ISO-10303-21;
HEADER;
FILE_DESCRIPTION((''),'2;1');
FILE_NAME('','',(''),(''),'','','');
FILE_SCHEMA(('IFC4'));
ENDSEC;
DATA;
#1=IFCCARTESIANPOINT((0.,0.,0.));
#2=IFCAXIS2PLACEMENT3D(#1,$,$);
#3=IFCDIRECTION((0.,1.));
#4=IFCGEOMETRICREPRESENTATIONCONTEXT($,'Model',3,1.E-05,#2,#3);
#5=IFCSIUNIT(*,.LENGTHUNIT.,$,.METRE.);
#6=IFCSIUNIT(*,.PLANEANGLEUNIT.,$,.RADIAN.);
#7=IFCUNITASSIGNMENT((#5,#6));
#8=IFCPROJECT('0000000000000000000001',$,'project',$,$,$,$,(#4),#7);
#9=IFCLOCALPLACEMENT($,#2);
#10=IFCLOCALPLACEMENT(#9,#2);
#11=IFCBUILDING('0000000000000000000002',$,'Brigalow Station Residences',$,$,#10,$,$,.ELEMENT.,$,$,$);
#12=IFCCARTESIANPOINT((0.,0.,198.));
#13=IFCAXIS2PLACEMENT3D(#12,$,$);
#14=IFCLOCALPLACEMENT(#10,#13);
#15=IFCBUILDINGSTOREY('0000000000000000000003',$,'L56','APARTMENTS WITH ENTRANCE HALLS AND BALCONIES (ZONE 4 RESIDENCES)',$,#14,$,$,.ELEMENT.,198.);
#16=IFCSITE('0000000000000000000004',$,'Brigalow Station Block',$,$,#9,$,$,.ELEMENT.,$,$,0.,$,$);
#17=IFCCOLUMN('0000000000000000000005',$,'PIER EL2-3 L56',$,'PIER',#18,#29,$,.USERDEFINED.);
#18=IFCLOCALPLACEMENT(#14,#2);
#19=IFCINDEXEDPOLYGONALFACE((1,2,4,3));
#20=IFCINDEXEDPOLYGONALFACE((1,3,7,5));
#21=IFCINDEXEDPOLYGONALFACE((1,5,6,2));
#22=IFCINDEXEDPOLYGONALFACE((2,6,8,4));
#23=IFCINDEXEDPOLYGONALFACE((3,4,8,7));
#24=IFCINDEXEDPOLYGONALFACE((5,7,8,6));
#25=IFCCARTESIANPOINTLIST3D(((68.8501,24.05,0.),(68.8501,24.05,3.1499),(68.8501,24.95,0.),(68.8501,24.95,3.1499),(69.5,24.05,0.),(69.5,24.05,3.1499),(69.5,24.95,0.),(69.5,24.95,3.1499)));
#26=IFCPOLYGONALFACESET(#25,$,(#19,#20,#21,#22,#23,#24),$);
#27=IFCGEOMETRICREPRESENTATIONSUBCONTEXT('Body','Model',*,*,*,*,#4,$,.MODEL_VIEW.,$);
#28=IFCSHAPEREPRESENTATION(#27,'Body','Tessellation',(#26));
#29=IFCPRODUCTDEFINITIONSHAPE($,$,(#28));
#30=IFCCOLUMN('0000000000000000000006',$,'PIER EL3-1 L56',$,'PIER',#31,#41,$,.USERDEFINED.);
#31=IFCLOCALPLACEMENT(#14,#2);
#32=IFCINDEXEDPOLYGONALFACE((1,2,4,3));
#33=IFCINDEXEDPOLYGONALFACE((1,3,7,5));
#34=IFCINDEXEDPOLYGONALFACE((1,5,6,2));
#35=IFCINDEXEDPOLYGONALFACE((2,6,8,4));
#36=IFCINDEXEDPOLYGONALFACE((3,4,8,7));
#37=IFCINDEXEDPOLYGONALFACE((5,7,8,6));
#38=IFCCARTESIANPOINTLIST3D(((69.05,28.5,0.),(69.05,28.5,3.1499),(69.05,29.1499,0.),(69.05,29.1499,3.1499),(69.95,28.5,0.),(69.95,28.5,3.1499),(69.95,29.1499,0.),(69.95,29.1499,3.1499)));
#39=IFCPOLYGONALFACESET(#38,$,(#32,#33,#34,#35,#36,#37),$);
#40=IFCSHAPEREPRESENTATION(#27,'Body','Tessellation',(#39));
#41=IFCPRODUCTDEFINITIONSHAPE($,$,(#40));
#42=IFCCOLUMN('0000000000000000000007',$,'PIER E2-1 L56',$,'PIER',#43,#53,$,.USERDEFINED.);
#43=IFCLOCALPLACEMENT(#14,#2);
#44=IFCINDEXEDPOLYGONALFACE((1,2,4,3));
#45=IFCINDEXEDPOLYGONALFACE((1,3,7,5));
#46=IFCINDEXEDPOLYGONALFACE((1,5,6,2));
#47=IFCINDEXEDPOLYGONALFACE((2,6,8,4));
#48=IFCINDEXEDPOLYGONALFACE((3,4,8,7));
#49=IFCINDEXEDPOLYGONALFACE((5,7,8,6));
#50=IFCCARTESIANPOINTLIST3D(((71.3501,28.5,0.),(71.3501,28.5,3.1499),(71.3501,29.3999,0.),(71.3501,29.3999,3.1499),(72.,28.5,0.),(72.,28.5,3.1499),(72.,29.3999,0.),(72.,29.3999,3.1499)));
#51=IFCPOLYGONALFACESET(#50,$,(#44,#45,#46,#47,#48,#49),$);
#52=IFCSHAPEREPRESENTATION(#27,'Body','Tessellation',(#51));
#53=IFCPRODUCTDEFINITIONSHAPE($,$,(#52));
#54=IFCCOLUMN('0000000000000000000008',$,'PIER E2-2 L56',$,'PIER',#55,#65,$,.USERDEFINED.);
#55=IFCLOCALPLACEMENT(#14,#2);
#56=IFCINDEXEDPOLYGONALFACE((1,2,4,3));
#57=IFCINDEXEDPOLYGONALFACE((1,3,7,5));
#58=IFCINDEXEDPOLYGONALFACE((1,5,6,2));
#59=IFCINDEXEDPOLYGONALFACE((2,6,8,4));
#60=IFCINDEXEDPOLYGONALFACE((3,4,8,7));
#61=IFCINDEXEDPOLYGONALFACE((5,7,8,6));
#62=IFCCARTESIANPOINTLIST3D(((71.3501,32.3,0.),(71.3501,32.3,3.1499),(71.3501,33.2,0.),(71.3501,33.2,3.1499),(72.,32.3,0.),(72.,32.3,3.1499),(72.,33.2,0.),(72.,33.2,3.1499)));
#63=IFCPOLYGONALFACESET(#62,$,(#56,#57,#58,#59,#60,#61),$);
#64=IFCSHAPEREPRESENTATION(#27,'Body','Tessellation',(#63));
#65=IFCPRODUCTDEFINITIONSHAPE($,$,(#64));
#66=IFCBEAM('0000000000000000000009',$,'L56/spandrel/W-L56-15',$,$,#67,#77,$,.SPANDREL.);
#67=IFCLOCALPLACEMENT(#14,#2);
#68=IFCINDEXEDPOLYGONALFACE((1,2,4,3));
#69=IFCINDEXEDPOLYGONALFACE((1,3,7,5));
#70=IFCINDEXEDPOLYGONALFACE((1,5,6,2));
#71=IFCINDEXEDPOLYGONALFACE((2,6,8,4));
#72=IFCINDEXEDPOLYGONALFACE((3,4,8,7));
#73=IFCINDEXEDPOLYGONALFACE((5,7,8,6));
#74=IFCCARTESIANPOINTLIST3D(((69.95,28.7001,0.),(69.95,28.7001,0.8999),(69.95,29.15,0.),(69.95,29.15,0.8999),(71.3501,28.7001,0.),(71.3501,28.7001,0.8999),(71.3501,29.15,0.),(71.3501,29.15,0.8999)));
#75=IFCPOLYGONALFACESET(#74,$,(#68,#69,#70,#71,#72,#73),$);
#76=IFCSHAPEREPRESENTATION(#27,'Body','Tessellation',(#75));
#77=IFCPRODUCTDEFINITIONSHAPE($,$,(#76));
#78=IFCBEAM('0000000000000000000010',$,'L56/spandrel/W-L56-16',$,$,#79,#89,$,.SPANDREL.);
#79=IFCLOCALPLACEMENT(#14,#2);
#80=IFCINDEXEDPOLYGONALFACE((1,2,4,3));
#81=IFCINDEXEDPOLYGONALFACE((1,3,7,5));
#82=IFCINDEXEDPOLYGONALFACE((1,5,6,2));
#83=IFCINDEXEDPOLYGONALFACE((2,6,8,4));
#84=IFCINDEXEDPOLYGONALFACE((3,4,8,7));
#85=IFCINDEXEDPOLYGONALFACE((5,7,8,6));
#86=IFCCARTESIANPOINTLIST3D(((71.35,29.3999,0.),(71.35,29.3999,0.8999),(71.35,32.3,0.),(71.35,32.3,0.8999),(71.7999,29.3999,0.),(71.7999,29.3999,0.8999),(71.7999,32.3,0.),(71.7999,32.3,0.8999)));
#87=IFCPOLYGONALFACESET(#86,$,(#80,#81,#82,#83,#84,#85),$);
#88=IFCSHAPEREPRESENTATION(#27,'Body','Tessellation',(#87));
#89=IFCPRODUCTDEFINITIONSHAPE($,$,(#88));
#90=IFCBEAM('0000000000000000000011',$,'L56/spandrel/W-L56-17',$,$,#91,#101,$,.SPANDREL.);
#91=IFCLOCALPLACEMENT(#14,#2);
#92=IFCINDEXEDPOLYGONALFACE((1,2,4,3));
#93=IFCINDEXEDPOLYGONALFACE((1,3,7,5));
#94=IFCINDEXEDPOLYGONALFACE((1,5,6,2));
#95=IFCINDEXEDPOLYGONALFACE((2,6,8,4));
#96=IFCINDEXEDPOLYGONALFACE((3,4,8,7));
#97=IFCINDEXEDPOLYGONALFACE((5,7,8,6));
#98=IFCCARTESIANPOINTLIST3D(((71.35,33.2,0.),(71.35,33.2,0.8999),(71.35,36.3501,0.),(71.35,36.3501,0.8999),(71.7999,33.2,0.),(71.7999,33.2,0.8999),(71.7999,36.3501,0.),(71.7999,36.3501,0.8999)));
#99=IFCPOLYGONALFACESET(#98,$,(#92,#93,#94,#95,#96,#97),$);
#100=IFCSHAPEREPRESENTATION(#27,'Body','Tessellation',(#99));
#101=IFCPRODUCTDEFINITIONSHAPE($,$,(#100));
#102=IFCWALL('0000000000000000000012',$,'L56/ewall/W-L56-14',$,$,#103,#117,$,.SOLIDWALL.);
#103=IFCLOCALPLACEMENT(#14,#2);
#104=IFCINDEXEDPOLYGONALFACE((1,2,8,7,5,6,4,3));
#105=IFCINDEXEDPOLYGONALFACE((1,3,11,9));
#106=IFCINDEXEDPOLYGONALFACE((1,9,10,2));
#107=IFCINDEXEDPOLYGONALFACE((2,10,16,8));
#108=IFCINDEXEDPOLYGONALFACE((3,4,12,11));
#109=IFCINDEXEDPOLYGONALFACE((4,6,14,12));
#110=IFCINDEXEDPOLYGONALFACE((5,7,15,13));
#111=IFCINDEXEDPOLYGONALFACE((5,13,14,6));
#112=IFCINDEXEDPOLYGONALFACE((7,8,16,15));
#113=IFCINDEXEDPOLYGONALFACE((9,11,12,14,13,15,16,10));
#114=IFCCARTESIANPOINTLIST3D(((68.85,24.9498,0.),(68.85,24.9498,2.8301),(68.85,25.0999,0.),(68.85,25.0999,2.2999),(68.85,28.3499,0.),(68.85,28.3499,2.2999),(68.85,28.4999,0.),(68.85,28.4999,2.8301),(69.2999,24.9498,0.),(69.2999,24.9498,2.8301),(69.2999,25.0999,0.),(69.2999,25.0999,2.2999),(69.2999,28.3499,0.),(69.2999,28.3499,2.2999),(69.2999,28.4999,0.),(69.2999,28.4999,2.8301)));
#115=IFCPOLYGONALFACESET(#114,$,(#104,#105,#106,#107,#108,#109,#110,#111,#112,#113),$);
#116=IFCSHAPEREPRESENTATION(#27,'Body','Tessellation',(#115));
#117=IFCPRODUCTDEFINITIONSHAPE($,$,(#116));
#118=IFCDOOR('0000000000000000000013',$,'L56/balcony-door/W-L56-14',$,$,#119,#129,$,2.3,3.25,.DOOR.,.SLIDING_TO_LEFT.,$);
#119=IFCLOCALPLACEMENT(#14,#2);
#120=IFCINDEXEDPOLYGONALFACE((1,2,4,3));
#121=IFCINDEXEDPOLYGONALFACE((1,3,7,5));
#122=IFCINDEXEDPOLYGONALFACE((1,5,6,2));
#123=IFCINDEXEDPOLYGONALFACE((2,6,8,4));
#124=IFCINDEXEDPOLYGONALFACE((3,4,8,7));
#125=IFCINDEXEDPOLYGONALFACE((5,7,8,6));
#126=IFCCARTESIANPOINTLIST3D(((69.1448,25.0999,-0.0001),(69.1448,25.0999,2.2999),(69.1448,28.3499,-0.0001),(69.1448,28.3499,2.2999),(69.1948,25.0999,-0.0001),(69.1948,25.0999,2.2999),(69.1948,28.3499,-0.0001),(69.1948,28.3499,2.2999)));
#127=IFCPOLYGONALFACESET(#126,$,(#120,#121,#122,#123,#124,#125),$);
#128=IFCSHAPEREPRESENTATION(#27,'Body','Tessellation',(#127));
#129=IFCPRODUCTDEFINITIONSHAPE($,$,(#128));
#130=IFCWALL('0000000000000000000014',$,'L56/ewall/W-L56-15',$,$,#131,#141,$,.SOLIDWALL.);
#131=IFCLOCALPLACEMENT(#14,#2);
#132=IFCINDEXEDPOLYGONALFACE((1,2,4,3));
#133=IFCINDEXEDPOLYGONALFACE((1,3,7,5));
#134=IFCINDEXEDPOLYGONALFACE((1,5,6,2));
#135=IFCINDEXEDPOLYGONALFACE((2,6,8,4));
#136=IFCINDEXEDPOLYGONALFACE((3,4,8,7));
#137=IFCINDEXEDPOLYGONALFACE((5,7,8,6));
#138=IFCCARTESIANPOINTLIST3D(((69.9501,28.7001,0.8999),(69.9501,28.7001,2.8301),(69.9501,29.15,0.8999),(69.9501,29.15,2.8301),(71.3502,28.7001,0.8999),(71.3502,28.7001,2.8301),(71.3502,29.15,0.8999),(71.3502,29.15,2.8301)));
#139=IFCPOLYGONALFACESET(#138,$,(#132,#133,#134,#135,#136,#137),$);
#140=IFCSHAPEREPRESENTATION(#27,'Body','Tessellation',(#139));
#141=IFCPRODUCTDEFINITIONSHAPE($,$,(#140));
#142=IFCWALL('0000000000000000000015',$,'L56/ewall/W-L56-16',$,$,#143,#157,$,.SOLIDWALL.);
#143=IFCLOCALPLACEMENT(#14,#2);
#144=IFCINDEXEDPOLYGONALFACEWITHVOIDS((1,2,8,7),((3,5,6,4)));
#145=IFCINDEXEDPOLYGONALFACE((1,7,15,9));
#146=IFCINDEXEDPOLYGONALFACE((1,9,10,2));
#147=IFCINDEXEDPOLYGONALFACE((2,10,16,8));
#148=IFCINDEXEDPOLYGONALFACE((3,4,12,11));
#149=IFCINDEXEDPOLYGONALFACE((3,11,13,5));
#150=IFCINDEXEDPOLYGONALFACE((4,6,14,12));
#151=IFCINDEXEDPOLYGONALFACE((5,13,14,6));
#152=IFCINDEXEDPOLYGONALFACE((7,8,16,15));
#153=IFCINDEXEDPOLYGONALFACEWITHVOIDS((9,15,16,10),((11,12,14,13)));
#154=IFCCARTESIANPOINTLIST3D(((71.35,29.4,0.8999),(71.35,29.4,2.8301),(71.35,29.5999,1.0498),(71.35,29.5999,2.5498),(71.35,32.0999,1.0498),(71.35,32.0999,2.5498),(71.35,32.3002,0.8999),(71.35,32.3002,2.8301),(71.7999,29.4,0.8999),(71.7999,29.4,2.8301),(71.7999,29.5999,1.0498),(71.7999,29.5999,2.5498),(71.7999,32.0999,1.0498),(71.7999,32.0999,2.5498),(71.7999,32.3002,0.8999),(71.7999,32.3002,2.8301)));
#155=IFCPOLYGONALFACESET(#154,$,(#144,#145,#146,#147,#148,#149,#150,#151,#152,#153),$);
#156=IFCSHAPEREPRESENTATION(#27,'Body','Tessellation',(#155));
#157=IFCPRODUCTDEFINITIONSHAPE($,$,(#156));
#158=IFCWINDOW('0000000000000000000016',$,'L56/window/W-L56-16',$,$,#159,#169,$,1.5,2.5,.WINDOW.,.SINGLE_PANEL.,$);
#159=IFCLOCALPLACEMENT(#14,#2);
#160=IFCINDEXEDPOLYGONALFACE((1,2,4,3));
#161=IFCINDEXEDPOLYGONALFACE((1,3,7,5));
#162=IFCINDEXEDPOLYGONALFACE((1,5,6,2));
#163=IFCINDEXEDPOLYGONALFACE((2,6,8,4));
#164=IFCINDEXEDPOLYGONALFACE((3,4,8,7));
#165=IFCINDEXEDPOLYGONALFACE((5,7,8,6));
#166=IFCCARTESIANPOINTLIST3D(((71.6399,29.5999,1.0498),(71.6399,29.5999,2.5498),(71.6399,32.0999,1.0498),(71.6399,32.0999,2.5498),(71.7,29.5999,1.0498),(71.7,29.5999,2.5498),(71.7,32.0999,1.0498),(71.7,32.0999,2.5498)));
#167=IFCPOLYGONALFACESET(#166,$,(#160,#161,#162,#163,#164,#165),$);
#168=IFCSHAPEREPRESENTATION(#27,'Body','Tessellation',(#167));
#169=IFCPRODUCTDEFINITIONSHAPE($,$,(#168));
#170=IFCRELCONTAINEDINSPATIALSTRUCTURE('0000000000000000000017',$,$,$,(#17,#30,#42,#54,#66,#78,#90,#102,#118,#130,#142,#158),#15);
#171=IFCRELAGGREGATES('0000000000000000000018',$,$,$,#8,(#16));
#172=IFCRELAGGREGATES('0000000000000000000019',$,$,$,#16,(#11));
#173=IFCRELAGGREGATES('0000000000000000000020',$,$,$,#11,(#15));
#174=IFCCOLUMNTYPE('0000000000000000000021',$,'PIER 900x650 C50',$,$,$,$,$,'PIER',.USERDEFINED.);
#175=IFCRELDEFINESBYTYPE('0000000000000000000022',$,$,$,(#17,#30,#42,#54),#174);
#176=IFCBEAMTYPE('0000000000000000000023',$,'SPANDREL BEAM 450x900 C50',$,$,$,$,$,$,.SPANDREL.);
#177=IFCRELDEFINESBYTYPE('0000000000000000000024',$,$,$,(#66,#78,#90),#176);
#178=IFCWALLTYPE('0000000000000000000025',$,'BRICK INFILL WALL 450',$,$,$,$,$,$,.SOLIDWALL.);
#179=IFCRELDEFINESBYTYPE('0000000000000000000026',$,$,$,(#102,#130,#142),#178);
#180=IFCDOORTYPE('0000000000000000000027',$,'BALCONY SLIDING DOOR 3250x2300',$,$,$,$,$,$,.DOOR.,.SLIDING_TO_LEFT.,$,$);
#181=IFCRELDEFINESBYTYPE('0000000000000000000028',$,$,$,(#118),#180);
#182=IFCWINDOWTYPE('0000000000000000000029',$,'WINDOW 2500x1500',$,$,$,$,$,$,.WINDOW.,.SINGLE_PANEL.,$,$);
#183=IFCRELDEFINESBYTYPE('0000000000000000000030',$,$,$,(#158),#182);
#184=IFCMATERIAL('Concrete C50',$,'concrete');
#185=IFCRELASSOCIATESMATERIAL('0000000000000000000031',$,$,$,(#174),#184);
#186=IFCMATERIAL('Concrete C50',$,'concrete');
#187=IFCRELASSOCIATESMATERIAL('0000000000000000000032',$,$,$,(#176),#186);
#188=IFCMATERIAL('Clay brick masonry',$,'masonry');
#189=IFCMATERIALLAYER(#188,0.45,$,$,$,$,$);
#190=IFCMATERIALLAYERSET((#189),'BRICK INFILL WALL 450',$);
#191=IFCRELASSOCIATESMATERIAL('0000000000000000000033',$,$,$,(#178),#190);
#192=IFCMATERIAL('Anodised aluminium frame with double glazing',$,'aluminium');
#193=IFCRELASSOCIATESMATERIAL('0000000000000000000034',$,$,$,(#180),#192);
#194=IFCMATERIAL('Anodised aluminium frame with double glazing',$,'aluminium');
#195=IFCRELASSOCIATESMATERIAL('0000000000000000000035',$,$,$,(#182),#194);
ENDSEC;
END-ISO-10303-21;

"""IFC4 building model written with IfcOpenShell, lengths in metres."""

from ifc_helpers import new_model, si_unit, direction, frame, frame_2d, origin, origin_2d, place, context, subcontext, project, spatial, rectangle, extrude, material, layer, layer_set, material_profile, profile_set, type_object, element, fill, save


model = new_model("IFC4")

# Units and contexts
model_context = context("Model", 3, precision=1e-05, world=origin(), true_north=direction((0.0, 1.0)))
body_context = subcontext(model_context, "Body", "Model", "MODEL_VIEW")
ifc_project = project(units=[si_unit("LENGTHUNIT", "METRE"), si_unit("PLANEANGLEUNIT", "RADIAN")], contexts=[model_context])

# Site, building, storey
site_placement = place(None, origin())
site = spatial("IfcSite", under=ifc_project, at=site_placement, Name="Brigalow Station Block", CompositionType="ELEMENT", RefElevation=0.0)
building_placement = place(site_placement, origin())
building = spatial("IfcBuilding", under=site, at=building_placement, Name="Brigalow Station Residences", CompositionType="ELEMENT")
storey_placement = place(building_placement, frame((0.0, 0.0, 198.0)))
storey = spatial("IfcBuildingStorey", under=building, at=storey_placement, Name="L56", Description="APARTMENTS WITH ENTRANCE HALLS AND BALCONIES (ZONE 4 RESIDENCES)", CompositionType="ELEMENT", Elevation=198.0)

# Columns
ifc_material_1 = material(Name="Concrete C50", Category="concrete")
ifc_material_profile_1 = material_profile(ifc_material_1, rectangle(XDim=0.8999, YDim=0.6499, at=origin_2d()), Name="RC900x650")
ifc_profile_set_1 = profile_set([ifc_material_profile_1], Name="Concrete C50")
column_type = type_object("IfcColumnType", Name="PIER 900x650 C50", ElementType="PIER", PredefinedType="USERDEFINED", material=ifc_profile_set_1)
for number, where, z_axis, x_axis, name in (
    (1, (69.175, 24.5, 0.0), (0.0, 0.0, 1.0), (0.0, 1.0, 0.0), "PIER EL2-3 L56"),
    (2, (69.5, 28.825, 0.0), (0.0, 0.0, 1.0), (1.0, 0.0, 0.0), "PIER EL3-1 L56"),
    (3, (71.675, 28.95, 0.0), (0.0, 0.0, 1.0), (0.0, 1.0, 0.0), "PIER E2-1 L56"),
    (4, (71.675, 32.75, 0.0), (0.0, 0.0, 1.0), (0.0, 1.0, 0.0), "PIER E2-2 L56"),
):
    element("IfcColumn", number, at=place(storey_placement, frame(where, z_axis=z_axis, x_axis=x_axis)), inside=storey, type_object=column_type, Name=name, ObjectType="PIER", PredefinedType="USERDEFINED", context=body_context, shape_type="SweptSolid", body=[
        extrude(rectangle(XDim=0.8999, YDim=0.6499, at=origin_2d()), origin(), (0.0, 0.0, 1.0), 3.1499),
    ])

# Beams
ifc_material_2 = material(Name="Concrete C50", Category="concrete")
ifc_material_profile_2 = material_profile(ifc_material_2, rectangle(XDim=0.45, YDim=0.8999, at=origin_2d()), Name="RC450x900")
ifc_profile_set_2 = profile_set([ifc_material_profile_2], Name="Concrete C50")
beam_type = type_object("IfcBeamType", Name="SPANDREL BEAM 450x900 C50", PredefinedType="SPANDREL", material=ifc_profile_set_2)
beam_1_placement = place(storey_placement, frame((69.95, 28.925, 0.45), z_axis=(1.0, 0.0, 0.0), x_axis=(0.0, 1.0, 0.0)))
element("IfcBeam", 5, at=beam_1_placement, inside=storey, type_object=beam_type, Name="L56/spandrel/W-L56-15", PredefinedType="SPANDREL", context=body_context, shape_type="SweptSolid", body=[
    extrude(rectangle(XDim=0.45, YDim=0.8999, at=origin_2d()), origin(), (0.0, 0.0, 1.0), 1.4001),
])
beam_2_placement = place(storey_placement, frame((71.575, 29.3999, 0.45), z_axis=(0.0, 1.0, 0.0), x_axis=(-1.0, 0.0, 0.0)))
element("IfcBeam", 6, at=beam_2_placement, inside=storey, type_object=beam_type, Name="L56/spandrel/W-L56-16", PredefinedType="SPANDREL", context=body_context, shape_type="SweptSolid", body=[
    extrude(rectangle(XDim=0.45, YDim=0.8999, at=origin_2d()), origin(), (0.0, 0.0, 1.0), 2.9001),
])
beam_3_placement = place(storey_placement, frame((71.575, 33.2, 0.45), z_axis=(0.0, 1.0, 0.0), x_axis=(-1.0, 0.0, 0.0)))
element("IfcBeam", 7, at=beam_3_placement, inside=storey, type_object=beam_type, Name="L56/spandrel/W-L56-17", PredefinedType="SPANDREL", context=body_context, shape_type="SweptSolid", body=[
    extrude(rectangle(XDim=0.45, YDim=0.8999, at=origin_2d()), origin(), (0.0, 0.0, 1.0), 3.1501),
])

# Wall, opening, door
ifc_material_3 = material(Name="Clay brick masonry", Category="masonry")
ifc_layer_1 = layer(ifc_material_3, 0.45)
ifc_layer_set_1 = layer_set([ifc_layer_1], Name="BRICK INFILL WALL 450")
wall_type_1 = type_object("IfcWallType", Name="BRICK INFILL WALL 450", PredefinedType="SOLIDWALL", material=ifc_layer_set_1)
wall_1_placement = place(storey_placement, frame((69.075, 24.95, 0.0), z_axis=(0.0, 0.0, 1.0), x_axis=(0.0, 1.0, 0.0)))
wall_1 = element("IfcWall", 8, at=wall_1_placement, inside=storey, type_object=wall_type_1, Name="L56/ewall/W-L56-14", PredefinedType="SOLIDWALL", context=body_context, shape_type="SweptSolid", body=[
    extrude(rectangle(XDim=3.55, YDim=0.45, at=frame_2d((1.7749, 0.0))), origin(), (0.0, 0.0, 1.0), 2.8301),
])
opening_1_placement = place(wall_1_placement, frame((0.1499, 0.0, 0.0)))
opening_1 = element("IfcOpeningElement", 9, at=opening_1_placement, cuts=wall_1, PredefinedType="OPENING", context=body_context, shape_type="SweptSolid", body=[
    extrude(rectangle(XDim=3.25, YDim=2.3, at=frame_2d((1.625, 1.1499))), frame((0.0, 0.2349, 0.0), z_axis=(0.0, -1.0, 0.0), x_axis=(1.0, 0.0, 0.0)), (0.0, 0.0, 1.0), 0.47),
])
ifc_material_4 = material(Name="Anodised aluminium frame with double glazing", Category="aluminium")
door_type = type_object("IfcDoorType", Name="BALCONY SLIDING DOOR 3250x2300", OperationType="SLIDING_TO_LEFT", PredefinedType="DOOR", material=ifc_material_4)
door_placement = place(opening_1_placement, origin())
door = element("IfcDoor", 10, at=door_placement, inside=storey, type_object=door_type, Name="L56/balcony-door/W-L56-14", OperationType="SLIDING_TO_LEFT", OverallHeight=2.3, OverallWidth=3.25, PredefinedType="DOOR", context=body_context, shape_type="SweptSolid", body=[
    extrude(rectangle(XDim=3.25, YDim=2.3, at=frame_2d((1.625, 1.1499))), frame((0.0, -0.0698, 0.0), z_axis=(0.0, -1.0, 0.0), x_axis=(1.0, 0.0, 0.0)), (0.0, 0.0, 1.0), 0.05),
])
fill(opening_1, door)

# Wall
wall_2_placement = place(storey_placement, frame((69.95, 28.925, 0.8999), z_axis=(0.0, 0.0, 1.0), x_axis=(1.0, 0.0, 0.0)))
element("IfcWall", 11, at=wall_2_placement, inside=storey, type_object=wall_type_1, Name="L56/ewall/W-L56-15", PredefinedType="SOLIDWALL", context=body_context, shape_type="SweptSolid", body=[
    extrude(rectangle(XDim=1.4001, YDim=0.45, at=frame_2d((0.7002, 0.0))), origin(), (0.0, 0.0, 1.0), 1.9302),
])

# Wall, opening, window
wall_3_placement = place(storey_placement, frame((71.575, 29.3999, 0.8999), z_axis=(0.0, 0.0, 1.0), x_axis=(0.0, 1.0, 0.0)))
wall_3 = element("IfcWall", 12, at=wall_3_placement, inside=storey, type_object=wall_type_1, Name="L56/ewall/W-L56-16", PredefinedType="SOLIDWALL", context=body_context, shape_type="SweptSolid", body=[
    extrude(rectangle(XDim=2.9001, YDim=0.45, at=frame_2d((1.4502, 0.0))), origin(), (0.0, 0.0, 1.0), 1.9302),
])
opening_2_placement = place(wall_3_placement, frame((0.2, 0.0, 0.1499)))
opening_2 = element("IfcOpeningElement", 13, at=opening_2_placement, cuts=wall_3, PredefinedType="OPENING", context=body_context, shape_type="SweptSolid", body=[
    extrude(rectangle(XDim=2.5, YDim=1.5, at=frame_2d((1.25, 0.75))), frame((0.0, 0.2349, 0.0), z_axis=(0.0, -1.0, 0.0), x_axis=(1.0, 0.0, 0.0)), (0.0, 0.0, 1.0), 0.47),
])
ifc_material_5 = material(Name="Anodised aluminium frame with double glazing", Category="aluminium")
window_type_1 = type_object("IfcWindowType", Name="WINDOW 2500x1500", PartitioningType="SINGLE_PANEL", PredefinedType="WINDOW", material=ifc_material_5)
window_1_placement = place(opening_2_placement, origin())
window_1 = element("IfcWindow", 14, at=window_1_placement, inside=storey, type_object=window_type_1, Name="L56/window/W-L56-16", OverallHeight=1.5, OverallWidth=2.5, PartitioningType="SINGLE_PANEL", PredefinedType="WINDOW", context=body_context, shape_type="SweptSolid", body=[
    extrude(rectangle(XDim=2.5, YDim=1.5, at=frame_2d((1.25, 0.75))), frame((0.0, -0.0649, 0.0), z_axis=(0.0, -1.0, 0.0), x_axis=(1.0, 0.0, 0.0)), (0.0, 0.0, 1.0), 0.0601),
])
fill(opening_2, window_1)

save(model, "model.ifc")
